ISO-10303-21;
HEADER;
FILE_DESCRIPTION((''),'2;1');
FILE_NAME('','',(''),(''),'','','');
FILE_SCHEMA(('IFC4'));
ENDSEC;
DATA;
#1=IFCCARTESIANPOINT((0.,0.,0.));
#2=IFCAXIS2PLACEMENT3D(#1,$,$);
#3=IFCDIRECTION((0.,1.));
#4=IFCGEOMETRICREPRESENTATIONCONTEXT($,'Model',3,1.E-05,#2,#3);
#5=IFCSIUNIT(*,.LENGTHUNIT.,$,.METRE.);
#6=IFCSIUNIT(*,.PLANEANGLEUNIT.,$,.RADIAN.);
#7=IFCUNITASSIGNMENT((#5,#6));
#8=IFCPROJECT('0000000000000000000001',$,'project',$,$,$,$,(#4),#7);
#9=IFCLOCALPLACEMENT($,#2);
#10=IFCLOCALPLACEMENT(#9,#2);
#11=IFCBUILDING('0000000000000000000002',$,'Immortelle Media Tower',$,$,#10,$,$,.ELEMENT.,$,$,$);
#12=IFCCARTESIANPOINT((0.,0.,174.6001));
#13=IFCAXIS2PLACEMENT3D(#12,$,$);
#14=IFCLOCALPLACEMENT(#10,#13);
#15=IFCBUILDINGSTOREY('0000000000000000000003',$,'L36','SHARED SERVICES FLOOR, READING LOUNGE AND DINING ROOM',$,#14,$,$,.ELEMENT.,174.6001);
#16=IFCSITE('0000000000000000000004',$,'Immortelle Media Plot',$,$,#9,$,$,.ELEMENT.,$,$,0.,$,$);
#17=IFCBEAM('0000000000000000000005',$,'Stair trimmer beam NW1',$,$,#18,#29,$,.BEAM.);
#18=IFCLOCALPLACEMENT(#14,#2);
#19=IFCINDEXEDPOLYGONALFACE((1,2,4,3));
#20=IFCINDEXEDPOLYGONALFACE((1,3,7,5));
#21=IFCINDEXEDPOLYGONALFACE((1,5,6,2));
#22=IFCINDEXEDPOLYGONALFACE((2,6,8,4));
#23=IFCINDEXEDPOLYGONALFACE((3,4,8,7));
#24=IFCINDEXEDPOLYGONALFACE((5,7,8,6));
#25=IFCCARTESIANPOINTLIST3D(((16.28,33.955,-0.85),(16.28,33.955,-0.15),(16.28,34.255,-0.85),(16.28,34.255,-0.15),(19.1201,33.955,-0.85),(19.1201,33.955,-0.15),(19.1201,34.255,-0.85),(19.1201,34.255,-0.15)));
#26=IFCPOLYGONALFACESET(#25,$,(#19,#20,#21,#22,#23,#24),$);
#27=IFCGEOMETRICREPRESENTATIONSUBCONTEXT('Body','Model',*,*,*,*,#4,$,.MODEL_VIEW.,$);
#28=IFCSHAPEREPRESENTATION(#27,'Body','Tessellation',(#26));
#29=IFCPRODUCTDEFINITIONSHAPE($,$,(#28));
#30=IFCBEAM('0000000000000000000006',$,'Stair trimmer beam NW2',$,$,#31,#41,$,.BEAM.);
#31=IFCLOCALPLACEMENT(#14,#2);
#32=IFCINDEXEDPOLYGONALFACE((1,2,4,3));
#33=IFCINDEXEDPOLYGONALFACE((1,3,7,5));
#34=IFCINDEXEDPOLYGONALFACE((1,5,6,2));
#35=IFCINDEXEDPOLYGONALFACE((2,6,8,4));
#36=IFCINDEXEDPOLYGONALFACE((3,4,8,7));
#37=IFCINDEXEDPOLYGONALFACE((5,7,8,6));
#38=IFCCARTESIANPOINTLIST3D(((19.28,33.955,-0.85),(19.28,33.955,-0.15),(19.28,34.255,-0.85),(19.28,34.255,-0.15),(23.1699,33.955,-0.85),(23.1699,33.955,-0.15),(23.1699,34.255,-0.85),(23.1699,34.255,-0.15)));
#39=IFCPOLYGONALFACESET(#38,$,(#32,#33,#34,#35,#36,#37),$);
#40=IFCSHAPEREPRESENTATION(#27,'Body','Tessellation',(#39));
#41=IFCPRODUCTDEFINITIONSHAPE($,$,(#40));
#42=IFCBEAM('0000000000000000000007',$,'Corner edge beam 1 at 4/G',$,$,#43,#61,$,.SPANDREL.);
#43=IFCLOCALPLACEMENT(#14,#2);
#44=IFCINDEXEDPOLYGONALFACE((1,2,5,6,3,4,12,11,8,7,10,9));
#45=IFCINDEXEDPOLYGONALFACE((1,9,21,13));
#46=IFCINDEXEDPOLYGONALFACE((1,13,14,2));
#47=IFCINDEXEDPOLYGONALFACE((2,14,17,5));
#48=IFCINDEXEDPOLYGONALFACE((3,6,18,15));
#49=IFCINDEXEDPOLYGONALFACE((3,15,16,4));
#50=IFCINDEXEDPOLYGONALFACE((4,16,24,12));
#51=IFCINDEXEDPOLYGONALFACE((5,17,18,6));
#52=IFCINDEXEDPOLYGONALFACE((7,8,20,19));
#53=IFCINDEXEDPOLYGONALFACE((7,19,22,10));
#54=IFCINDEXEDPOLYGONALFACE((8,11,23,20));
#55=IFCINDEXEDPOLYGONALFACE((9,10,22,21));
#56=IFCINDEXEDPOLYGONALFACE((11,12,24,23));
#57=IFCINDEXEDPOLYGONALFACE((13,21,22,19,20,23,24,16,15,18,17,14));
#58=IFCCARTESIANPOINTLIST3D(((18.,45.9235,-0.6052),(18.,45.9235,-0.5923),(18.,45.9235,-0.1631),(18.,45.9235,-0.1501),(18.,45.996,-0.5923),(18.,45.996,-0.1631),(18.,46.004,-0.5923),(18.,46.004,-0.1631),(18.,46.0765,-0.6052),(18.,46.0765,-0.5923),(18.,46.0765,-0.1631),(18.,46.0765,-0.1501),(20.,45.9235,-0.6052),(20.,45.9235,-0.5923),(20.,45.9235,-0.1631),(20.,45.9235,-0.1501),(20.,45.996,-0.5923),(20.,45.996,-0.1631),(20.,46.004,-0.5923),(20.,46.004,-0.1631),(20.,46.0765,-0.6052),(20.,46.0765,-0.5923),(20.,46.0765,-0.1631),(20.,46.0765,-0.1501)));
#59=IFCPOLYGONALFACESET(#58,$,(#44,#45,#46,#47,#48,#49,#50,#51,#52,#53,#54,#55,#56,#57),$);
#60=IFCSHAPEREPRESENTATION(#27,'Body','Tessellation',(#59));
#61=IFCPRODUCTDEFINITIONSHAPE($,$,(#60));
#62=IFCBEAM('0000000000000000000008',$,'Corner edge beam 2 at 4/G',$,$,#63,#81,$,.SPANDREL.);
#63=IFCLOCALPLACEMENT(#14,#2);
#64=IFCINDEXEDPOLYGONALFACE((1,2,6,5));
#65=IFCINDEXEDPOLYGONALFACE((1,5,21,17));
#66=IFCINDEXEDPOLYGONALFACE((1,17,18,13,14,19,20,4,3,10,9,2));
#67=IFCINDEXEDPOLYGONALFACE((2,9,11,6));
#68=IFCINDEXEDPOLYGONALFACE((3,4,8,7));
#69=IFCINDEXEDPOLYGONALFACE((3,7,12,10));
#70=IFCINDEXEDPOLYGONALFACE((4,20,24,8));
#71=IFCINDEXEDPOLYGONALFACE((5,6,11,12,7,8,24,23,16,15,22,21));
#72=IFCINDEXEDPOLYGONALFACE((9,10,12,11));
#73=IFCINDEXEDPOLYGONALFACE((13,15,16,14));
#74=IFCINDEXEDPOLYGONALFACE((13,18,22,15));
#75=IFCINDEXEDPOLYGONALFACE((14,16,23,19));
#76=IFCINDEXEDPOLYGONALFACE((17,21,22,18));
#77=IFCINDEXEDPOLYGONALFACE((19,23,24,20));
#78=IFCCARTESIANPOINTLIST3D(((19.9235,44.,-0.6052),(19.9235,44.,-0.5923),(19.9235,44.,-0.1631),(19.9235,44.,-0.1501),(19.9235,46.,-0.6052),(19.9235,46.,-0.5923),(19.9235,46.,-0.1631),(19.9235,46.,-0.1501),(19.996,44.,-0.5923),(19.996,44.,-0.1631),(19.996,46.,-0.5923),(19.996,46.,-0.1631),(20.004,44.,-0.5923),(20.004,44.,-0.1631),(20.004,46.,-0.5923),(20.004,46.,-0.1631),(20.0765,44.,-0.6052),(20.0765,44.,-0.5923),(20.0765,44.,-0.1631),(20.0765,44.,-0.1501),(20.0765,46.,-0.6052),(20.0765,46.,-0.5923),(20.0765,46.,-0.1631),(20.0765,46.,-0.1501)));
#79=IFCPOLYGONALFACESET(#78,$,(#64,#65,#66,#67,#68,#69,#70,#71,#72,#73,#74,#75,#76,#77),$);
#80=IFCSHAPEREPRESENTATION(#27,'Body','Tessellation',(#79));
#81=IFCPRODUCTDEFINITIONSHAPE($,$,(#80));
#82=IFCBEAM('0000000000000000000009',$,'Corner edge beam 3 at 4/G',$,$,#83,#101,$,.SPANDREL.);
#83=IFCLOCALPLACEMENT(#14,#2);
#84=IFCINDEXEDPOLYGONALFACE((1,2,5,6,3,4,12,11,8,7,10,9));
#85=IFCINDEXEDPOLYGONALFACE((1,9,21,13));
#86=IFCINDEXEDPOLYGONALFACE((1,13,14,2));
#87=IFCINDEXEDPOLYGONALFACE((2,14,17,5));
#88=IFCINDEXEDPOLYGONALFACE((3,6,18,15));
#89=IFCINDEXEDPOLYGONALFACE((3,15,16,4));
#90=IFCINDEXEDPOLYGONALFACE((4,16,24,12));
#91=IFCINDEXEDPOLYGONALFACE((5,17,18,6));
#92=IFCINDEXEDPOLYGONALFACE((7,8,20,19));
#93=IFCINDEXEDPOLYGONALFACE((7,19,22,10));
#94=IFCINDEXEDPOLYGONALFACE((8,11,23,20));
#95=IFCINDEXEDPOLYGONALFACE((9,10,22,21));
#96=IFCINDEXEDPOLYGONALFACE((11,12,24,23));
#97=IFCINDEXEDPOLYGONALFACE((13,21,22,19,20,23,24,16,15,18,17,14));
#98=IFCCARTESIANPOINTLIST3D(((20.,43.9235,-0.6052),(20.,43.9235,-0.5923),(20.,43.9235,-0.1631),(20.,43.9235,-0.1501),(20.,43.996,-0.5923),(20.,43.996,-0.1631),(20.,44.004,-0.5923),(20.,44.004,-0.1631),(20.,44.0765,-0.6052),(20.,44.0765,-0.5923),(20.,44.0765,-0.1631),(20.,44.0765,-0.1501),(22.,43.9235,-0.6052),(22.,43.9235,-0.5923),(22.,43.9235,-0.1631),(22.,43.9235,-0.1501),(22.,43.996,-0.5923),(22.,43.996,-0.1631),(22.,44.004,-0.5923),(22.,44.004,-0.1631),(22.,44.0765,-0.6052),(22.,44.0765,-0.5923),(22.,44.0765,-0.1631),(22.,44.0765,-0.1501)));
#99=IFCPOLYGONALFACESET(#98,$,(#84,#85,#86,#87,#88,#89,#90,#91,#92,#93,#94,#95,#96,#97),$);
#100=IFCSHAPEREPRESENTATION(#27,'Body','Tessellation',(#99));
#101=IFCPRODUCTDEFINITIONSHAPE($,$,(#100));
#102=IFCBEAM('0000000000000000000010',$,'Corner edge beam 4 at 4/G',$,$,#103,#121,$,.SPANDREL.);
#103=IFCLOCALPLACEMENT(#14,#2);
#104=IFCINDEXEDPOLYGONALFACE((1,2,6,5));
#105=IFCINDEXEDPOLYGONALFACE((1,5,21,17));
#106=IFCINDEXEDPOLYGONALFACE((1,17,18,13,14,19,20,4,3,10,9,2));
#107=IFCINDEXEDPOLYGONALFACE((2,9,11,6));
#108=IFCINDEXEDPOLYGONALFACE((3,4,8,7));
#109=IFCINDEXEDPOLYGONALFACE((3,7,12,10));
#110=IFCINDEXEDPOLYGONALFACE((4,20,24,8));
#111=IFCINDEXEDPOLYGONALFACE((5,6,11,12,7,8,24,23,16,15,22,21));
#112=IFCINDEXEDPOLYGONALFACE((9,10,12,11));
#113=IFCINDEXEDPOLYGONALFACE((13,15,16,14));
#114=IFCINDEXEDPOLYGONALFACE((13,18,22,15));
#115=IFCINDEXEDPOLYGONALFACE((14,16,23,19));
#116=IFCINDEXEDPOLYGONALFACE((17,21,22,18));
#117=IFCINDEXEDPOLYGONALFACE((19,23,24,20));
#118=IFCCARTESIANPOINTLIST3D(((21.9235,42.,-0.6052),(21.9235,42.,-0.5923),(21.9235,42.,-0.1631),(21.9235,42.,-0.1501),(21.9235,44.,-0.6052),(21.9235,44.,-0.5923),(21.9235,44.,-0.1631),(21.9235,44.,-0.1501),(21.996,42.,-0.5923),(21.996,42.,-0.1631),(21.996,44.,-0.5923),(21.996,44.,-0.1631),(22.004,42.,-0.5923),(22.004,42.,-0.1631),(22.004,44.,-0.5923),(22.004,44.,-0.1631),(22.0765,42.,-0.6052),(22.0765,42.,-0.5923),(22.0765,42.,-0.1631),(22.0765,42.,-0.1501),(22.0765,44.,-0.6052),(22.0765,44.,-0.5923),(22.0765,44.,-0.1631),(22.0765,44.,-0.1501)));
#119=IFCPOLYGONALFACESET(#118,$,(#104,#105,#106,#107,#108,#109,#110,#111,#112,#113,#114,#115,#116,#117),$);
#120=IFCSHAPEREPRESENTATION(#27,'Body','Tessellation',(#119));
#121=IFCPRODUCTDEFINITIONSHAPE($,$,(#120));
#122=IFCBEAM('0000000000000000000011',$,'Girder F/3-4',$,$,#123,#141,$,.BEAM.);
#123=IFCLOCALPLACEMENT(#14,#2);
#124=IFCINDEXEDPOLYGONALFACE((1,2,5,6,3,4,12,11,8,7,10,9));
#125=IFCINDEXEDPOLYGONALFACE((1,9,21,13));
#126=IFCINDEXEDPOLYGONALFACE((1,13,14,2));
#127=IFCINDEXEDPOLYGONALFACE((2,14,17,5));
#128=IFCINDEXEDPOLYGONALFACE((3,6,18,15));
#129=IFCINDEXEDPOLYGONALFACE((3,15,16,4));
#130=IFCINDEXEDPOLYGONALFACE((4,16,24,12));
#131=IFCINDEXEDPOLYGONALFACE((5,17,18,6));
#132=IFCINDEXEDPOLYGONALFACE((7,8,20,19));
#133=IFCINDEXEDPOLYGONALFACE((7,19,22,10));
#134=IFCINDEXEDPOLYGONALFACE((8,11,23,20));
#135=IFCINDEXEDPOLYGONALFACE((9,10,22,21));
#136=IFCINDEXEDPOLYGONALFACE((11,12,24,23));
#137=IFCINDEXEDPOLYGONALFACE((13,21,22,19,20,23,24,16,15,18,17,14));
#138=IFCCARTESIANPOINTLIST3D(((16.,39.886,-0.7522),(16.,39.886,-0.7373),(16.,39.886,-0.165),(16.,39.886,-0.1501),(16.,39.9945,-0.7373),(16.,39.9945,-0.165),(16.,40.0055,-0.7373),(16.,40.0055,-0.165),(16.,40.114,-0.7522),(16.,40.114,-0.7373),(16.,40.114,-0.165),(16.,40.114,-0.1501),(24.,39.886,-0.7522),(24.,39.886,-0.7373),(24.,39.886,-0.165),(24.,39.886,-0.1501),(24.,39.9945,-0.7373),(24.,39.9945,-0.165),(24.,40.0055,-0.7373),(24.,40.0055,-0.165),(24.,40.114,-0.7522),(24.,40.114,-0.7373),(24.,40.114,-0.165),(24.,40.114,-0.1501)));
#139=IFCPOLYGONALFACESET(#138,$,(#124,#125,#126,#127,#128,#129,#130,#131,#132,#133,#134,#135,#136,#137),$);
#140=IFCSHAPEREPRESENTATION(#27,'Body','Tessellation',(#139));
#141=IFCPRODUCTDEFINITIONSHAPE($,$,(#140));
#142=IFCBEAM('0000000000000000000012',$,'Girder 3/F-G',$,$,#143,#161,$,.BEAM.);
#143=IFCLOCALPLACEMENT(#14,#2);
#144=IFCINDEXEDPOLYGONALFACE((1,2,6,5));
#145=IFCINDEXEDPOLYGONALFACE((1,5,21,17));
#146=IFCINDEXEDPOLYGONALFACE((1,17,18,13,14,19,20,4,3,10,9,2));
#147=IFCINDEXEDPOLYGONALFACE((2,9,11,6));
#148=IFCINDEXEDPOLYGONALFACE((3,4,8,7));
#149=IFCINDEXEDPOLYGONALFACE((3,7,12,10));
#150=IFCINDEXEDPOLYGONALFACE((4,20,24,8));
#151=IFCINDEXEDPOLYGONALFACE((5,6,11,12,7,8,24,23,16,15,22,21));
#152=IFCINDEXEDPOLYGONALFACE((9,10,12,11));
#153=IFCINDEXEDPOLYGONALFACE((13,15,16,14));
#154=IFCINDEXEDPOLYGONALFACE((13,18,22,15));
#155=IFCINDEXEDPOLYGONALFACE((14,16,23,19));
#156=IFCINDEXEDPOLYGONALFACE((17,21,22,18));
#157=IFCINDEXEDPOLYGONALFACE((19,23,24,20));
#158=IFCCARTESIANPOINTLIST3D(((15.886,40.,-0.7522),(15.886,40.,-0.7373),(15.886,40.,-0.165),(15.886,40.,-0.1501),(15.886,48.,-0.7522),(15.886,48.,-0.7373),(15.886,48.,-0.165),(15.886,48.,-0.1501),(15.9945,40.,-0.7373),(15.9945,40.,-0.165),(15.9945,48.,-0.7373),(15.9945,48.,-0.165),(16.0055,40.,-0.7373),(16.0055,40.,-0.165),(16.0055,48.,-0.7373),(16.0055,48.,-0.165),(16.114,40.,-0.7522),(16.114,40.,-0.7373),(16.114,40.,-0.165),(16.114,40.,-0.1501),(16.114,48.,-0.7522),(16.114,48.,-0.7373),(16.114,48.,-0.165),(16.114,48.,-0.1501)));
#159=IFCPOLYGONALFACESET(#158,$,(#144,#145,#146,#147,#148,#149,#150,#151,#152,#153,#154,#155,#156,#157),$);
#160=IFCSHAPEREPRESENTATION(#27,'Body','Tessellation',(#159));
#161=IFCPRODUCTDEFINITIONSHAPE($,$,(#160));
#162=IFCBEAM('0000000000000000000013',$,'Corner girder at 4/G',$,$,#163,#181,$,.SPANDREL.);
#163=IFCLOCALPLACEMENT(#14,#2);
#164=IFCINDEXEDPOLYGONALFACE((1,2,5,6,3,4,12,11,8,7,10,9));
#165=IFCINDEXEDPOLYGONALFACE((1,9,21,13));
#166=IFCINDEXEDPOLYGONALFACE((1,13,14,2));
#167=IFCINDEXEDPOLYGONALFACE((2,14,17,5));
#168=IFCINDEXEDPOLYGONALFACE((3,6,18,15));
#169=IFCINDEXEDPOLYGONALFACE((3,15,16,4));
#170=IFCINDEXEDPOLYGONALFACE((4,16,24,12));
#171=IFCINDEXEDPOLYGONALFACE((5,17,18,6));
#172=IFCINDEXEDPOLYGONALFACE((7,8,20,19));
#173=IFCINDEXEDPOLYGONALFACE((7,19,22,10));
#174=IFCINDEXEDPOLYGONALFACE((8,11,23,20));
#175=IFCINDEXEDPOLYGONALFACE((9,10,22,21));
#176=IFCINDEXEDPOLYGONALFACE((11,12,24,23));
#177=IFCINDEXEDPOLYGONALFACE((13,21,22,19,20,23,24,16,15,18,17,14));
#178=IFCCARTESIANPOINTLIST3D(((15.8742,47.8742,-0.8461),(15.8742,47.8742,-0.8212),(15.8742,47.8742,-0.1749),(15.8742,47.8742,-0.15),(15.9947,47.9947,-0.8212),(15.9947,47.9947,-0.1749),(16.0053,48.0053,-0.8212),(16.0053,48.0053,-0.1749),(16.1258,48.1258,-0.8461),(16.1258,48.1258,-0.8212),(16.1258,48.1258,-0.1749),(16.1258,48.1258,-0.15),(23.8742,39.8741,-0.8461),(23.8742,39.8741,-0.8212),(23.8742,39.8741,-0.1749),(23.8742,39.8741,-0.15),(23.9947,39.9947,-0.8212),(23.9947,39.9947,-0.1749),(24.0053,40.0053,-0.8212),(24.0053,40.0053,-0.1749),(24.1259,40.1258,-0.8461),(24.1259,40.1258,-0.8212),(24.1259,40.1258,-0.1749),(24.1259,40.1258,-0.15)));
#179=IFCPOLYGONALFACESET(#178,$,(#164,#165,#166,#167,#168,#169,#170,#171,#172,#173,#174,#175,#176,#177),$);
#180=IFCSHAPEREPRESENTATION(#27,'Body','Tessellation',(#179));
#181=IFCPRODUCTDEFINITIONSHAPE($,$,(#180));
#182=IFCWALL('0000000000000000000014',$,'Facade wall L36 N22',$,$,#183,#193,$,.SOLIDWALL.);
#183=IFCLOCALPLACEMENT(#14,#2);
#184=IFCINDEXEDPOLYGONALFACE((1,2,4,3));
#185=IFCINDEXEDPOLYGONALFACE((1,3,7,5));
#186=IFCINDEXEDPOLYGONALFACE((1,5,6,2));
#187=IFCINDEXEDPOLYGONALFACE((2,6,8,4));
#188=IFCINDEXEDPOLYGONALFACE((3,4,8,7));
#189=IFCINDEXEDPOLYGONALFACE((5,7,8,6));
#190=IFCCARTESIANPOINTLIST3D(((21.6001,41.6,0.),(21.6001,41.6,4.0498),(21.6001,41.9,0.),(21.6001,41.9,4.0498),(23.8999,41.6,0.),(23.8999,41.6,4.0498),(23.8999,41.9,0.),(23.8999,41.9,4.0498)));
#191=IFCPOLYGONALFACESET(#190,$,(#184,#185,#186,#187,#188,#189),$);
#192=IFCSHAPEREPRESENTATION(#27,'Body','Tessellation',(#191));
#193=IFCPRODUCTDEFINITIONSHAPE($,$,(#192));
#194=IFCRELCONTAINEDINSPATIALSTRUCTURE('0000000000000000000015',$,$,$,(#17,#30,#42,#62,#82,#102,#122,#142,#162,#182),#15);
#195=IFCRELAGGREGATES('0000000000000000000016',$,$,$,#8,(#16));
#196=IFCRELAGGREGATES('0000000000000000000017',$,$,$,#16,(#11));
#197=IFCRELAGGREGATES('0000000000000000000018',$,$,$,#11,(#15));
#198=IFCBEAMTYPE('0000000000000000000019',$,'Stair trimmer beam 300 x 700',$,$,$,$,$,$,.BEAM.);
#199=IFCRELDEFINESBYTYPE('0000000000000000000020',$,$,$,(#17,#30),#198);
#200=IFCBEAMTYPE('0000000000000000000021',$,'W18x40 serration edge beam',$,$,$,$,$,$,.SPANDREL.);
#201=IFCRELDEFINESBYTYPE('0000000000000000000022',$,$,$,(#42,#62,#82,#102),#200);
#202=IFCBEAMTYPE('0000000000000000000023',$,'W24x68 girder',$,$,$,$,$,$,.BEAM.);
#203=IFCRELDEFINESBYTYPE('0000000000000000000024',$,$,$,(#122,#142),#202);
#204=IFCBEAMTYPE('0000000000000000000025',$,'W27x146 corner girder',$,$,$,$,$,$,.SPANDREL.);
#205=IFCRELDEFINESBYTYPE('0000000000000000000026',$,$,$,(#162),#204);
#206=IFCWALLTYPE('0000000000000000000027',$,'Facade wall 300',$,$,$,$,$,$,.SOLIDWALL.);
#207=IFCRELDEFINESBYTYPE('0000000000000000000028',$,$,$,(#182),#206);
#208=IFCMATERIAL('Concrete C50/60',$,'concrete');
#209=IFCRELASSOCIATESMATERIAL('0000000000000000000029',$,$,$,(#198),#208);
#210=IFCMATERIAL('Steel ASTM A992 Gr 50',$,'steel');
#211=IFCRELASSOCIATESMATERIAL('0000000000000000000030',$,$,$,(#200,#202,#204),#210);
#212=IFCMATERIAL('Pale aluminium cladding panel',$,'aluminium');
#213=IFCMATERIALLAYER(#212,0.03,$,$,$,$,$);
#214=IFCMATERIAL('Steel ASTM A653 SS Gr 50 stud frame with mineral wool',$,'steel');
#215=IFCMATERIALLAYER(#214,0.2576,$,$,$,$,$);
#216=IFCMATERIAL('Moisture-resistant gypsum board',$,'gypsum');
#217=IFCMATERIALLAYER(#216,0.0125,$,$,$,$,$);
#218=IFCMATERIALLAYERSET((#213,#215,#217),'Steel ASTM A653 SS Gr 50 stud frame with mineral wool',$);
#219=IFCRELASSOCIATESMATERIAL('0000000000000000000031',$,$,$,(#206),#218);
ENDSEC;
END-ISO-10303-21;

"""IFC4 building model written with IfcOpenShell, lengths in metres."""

from ifc_helpers import new_model, si_unit, direction, frame, frame_2d, origin, origin_2d, place, context, subcontext, project, spatial, rectangle, i_section, extrude, material, layer, layer_set, material_profile, profile_set, type_object, element, save


model = new_model("IFC4")

# Units and contexts
model_context = context("Model", 3, precision=1e-05, world=origin(), true_north=direction((0.0, 1.0)))
body_context = subcontext(model_context, "Body", "Model", "MODEL_VIEW")
ifc_project = project(units=[si_unit("LENGTHUNIT", "METRE"), si_unit("PLANEANGLEUNIT", "RADIAN")], contexts=[model_context])

# Site, building, storey
site_placement = place(None, origin())
site = spatial("IfcSite", under=ifc_project, at=site_placement, Name="Immortelle Media Plot", CompositionType="ELEMENT", RefElevation=0.0)
building_placement = place(site_placement, origin())
building = spatial("IfcBuilding", under=site, at=building_placement, Name="Immortelle Media Tower", CompositionType="ELEMENT")
storey_placement = place(building_placement, frame((0.0, 0.0, 174.6001)))
storey = spatial("IfcBuildingStorey", under=building, at=storey_placement, Name="L36", Description="SHARED SERVICES FLOOR, READING LOUNGE AND DINING ROOM", CompositionType="ELEMENT", Elevation=174.6001)

# Beams
ifc_material_1 = material(Name="Concrete C50/60", Category="concrete")
ifc_material_profile_1 = material_profile(ifc_material_1, rectangle(XDim=0.3, YDim=0.7, at=origin_2d()), Name="RC 300x700")
ifc_profile_set_1 = profile_set([ifc_material_profile_1], Name="Concrete C50/60")
beam_type_1 = type_object("IfcBeamType", Name="Stair trimmer beam 300 x 700", PredefinedType="BEAM", material=ifc_profile_set_1)
beam_1_placement = place(storey_placement, frame((16.28, 34.105, -0.5), z_axis=(1.0, 0.0, 0.0), x_axis=(0.0, 1.0, 0.0)))
element("IfcBeam", 1, at=beam_1_placement, inside=storey, type_object=beam_type_1, Name="Stair trimmer beam NW1", PredefinedType="BEAM", context=body_context, shape_type="SweptSolid", body=[
    extrude(rectangle(XDim=0.3, YDim=0.7, at=origin_2d()), origin(), (0.0, 0.0, 1.0), 2.8401),
])
beam_2_placement = place(storey_placement, frame((19.28, 34.105, -0.5), z_axis=(1.0, 0.0, 0.0), x_axis=(0.0, 1.0, 0.0)))
element("IfcBeam", 2, at=beam_2_placement, inside=storey, type_object=beam_type_1, Name="Stair trimmer beam NW2", PredefinedType="BEAM", context=body_context, shape_type="SweptSolid", body=[
    extrude(rectangle(XDim=0.3, YDim=0.7, at=origin_2d()), origin(), (0.0, 0.0, 1.0), 3.8899),
])
ifc_material_2 = material(Name="Steel ASTM A992 Gr 50", Category="steel")
ifc_material_profile_2 = material_profile(ifc_material_2, i_section(OverallWidth=0.1531, OverallDepth=0.4551, WebThickness=0.0081, FlangeThickness=0.0129, at=origin_2d()), Name="W18x40")
ifc_profile_set_2 = profile_set([ifc_material_profile_2], Name="Steel ASTM A992 Gr 50")
beam_type_2 = type_object("IfcBeamType", Name="W18x40 serration edge beam", PredefinedType="SPANDREL", material=ifc_profile_set_2)
for number, where, z_axis, x_axis, name in (
    (3, (18.0, 46.0, -0.3777), (1.0, 0.0, 0.0), (0.0, 1.0, 0.0), "Corner edge beam 1 at 4/G"),
    (4, (20.0, 46.0, -0.3777), (0.0, -1.0, 0.0), (1.0, 0.0, 0.0), "Corner edge beam 2 at 4/G"),
    (5, (20.0, 44.0, -0.3777), (1.0, 0.0, 0.0), (0.0, 1.0, 0.0), "Corner edge beam 3 at 4/G"),
    (6, (22.0, 44.0, -0.3777), (0.0, -1.0, 0.0), (1.0, 0.0, 0.0), "Corner edge beam 4 at 4/G"),
):
    element("IfcBeam", number, at=place(storey_placement, frame(where, z_axis=z_axis, x_axis=x_axis)), inside=storey, type_object=beam_type_2, Name=name, PredefinedType="SPANDREL", context=body_context, shape_type="SweptSolid", body=[
        extrude(i_section(OverallWidth=0.1531, OverallDepth=0.4551, WebThickness=0.0081, FlangeThickness=0.0129, at=origin_2d()), origin(), (0.0, 0.0, 1.0), 2.0),
    ])
ifc_material_profile_3 = material_profile(ifc_material_2, i_section(OverallWidth=0.228, OverallDepth=0.6021, WebThickness=0.011, FlangeThickness=0.0149, at=origin_2d()), Name="W24x68")
ifc_profile_set_3 = profile_set([ifc_material_profile_3], Name="Steel ASTM A992 Gr 50")
beam_type_3 = type_object("IfcBeamType", Name="W24x68 girder", PredefinedType="BEAM", material=ifc_profile_set_3)
for number, where, z_axis, x_axis, name in (
    (7, (16.0, 40.0, -0.4512), (1.0, 0.0, 0.0), (0.0, 1.0, 0.0), "Girder F/3-4"),
    (8, (16.0, 40.0, -0.4512), (0.0, 1.0, 0.0), (-1.0, 0.0, 0.0), "Girder 3/F-G"),
):
    element("IfcBeam", number, at=place(storey_placement, frame(where, z_axis=z_axis, x_axis=x_axis)), inside=storey, type_object=beam_type_3, Name=name, PredefinedType="BEAM", context=body_context, shape_type="SweptSolid", body=[
        extrude(i_section(OverallWidth=0.228, OverallDepth=0.6021, WebThickness=0.011, FlangeThickness=0.0149, at=origin_2d()), origin(), (0.0, 0.0, 1.0), 8.0),
    ])
ifc_material_profile_4 = material_profile(ifc_material_2, i_section(OverallWidth=0.356, OverallDepth=0.696, WebThickness=0.0149, FlangeThickness=0.0249, at=origin_2d()), Name="W27x146")
ifc_profile_set_4 = profile_set([ifc_material_profile_4], Name="Steel ASTM A992 Gr 50")
beam_type_4 = type_object("IfcBeamType", Name="W27x146 corner girder", PredefinedType="SPANDREL", material=ifc_profile_set_4)
beam_3_placement = place(storey_placement, frame((16.0, 48.0, -0.498), z_axis=(0.707107, -0.707107, 0.0), x_axis=(0.707107, 0.707107, 0.0)))
element("IfcBeam", 9, at=beam_3_placement, inside=storey, type_object=beam_type_4, Name="Corner girder at 4/G", PredefinedType="SPANDREL", context=body_context, shape_type="SweptSolid", body=[
    extrude(i_section(OverallWidth=0.356, OverallDepth=0.696, WebThickness=0.0149, FlangeThickness=0.0249, at=origin_2d()), origin(), (0.0, 0.0, 1.0), 11.3137),
])

# Wall
ifc_material_3 = material(Name="Pale aluminium cladding panel", Category="aluminium")
ifc_layer_1 = layer(ifc_material_3, 0.03)
ifc_material_4 = material(Name="Steel ASTM A653 SS Gr 50 stud frame with mineral wool", Category="steel")
ifc_layer_2 = layer(ifc_material_4, 0.2576)
ifc_material_5 = material(Name="Moisture-resistant gypsum board", Category="gypsum")
ifc_layer_3 = layer(ifc_material_5, 0.0125)
ifc_layer_set_1 = layer_set([ifc_layer_1, ifc_layer_2, ifc_layer_3], Name="Steel ASTM A653 SS Gr 50 stud frame with mineral wool")
wall_type_1 = type_object("IfcWallType", Name="Facade wall 300", PredefinedType="SOLIDWALL", material=ifc_layer_set_1)
wall_1_placement = place(storey_placement, frame((23.8999, 41.75, 0.0), z_axis=(0.0, 0.0, 1.0), x_axis=(-1.0, 0.0, 0.0)))
element("IfcWall", 10, at=wall_1_placement, inside=storey, type_object=wall_type_1, Name="Facade wall L36 N22", PredefinedType="SOLIDWALL", context=body_context, shape_type="SweptSolid", body=[
    extrude(rectangle(XDim=2.2998, YDim=0.3, at=frame_2d((1.1499, 0.0))), origin(), (0.0, 0.0, 1.0), 4.0498),
])

save(model, "model.ifc")
